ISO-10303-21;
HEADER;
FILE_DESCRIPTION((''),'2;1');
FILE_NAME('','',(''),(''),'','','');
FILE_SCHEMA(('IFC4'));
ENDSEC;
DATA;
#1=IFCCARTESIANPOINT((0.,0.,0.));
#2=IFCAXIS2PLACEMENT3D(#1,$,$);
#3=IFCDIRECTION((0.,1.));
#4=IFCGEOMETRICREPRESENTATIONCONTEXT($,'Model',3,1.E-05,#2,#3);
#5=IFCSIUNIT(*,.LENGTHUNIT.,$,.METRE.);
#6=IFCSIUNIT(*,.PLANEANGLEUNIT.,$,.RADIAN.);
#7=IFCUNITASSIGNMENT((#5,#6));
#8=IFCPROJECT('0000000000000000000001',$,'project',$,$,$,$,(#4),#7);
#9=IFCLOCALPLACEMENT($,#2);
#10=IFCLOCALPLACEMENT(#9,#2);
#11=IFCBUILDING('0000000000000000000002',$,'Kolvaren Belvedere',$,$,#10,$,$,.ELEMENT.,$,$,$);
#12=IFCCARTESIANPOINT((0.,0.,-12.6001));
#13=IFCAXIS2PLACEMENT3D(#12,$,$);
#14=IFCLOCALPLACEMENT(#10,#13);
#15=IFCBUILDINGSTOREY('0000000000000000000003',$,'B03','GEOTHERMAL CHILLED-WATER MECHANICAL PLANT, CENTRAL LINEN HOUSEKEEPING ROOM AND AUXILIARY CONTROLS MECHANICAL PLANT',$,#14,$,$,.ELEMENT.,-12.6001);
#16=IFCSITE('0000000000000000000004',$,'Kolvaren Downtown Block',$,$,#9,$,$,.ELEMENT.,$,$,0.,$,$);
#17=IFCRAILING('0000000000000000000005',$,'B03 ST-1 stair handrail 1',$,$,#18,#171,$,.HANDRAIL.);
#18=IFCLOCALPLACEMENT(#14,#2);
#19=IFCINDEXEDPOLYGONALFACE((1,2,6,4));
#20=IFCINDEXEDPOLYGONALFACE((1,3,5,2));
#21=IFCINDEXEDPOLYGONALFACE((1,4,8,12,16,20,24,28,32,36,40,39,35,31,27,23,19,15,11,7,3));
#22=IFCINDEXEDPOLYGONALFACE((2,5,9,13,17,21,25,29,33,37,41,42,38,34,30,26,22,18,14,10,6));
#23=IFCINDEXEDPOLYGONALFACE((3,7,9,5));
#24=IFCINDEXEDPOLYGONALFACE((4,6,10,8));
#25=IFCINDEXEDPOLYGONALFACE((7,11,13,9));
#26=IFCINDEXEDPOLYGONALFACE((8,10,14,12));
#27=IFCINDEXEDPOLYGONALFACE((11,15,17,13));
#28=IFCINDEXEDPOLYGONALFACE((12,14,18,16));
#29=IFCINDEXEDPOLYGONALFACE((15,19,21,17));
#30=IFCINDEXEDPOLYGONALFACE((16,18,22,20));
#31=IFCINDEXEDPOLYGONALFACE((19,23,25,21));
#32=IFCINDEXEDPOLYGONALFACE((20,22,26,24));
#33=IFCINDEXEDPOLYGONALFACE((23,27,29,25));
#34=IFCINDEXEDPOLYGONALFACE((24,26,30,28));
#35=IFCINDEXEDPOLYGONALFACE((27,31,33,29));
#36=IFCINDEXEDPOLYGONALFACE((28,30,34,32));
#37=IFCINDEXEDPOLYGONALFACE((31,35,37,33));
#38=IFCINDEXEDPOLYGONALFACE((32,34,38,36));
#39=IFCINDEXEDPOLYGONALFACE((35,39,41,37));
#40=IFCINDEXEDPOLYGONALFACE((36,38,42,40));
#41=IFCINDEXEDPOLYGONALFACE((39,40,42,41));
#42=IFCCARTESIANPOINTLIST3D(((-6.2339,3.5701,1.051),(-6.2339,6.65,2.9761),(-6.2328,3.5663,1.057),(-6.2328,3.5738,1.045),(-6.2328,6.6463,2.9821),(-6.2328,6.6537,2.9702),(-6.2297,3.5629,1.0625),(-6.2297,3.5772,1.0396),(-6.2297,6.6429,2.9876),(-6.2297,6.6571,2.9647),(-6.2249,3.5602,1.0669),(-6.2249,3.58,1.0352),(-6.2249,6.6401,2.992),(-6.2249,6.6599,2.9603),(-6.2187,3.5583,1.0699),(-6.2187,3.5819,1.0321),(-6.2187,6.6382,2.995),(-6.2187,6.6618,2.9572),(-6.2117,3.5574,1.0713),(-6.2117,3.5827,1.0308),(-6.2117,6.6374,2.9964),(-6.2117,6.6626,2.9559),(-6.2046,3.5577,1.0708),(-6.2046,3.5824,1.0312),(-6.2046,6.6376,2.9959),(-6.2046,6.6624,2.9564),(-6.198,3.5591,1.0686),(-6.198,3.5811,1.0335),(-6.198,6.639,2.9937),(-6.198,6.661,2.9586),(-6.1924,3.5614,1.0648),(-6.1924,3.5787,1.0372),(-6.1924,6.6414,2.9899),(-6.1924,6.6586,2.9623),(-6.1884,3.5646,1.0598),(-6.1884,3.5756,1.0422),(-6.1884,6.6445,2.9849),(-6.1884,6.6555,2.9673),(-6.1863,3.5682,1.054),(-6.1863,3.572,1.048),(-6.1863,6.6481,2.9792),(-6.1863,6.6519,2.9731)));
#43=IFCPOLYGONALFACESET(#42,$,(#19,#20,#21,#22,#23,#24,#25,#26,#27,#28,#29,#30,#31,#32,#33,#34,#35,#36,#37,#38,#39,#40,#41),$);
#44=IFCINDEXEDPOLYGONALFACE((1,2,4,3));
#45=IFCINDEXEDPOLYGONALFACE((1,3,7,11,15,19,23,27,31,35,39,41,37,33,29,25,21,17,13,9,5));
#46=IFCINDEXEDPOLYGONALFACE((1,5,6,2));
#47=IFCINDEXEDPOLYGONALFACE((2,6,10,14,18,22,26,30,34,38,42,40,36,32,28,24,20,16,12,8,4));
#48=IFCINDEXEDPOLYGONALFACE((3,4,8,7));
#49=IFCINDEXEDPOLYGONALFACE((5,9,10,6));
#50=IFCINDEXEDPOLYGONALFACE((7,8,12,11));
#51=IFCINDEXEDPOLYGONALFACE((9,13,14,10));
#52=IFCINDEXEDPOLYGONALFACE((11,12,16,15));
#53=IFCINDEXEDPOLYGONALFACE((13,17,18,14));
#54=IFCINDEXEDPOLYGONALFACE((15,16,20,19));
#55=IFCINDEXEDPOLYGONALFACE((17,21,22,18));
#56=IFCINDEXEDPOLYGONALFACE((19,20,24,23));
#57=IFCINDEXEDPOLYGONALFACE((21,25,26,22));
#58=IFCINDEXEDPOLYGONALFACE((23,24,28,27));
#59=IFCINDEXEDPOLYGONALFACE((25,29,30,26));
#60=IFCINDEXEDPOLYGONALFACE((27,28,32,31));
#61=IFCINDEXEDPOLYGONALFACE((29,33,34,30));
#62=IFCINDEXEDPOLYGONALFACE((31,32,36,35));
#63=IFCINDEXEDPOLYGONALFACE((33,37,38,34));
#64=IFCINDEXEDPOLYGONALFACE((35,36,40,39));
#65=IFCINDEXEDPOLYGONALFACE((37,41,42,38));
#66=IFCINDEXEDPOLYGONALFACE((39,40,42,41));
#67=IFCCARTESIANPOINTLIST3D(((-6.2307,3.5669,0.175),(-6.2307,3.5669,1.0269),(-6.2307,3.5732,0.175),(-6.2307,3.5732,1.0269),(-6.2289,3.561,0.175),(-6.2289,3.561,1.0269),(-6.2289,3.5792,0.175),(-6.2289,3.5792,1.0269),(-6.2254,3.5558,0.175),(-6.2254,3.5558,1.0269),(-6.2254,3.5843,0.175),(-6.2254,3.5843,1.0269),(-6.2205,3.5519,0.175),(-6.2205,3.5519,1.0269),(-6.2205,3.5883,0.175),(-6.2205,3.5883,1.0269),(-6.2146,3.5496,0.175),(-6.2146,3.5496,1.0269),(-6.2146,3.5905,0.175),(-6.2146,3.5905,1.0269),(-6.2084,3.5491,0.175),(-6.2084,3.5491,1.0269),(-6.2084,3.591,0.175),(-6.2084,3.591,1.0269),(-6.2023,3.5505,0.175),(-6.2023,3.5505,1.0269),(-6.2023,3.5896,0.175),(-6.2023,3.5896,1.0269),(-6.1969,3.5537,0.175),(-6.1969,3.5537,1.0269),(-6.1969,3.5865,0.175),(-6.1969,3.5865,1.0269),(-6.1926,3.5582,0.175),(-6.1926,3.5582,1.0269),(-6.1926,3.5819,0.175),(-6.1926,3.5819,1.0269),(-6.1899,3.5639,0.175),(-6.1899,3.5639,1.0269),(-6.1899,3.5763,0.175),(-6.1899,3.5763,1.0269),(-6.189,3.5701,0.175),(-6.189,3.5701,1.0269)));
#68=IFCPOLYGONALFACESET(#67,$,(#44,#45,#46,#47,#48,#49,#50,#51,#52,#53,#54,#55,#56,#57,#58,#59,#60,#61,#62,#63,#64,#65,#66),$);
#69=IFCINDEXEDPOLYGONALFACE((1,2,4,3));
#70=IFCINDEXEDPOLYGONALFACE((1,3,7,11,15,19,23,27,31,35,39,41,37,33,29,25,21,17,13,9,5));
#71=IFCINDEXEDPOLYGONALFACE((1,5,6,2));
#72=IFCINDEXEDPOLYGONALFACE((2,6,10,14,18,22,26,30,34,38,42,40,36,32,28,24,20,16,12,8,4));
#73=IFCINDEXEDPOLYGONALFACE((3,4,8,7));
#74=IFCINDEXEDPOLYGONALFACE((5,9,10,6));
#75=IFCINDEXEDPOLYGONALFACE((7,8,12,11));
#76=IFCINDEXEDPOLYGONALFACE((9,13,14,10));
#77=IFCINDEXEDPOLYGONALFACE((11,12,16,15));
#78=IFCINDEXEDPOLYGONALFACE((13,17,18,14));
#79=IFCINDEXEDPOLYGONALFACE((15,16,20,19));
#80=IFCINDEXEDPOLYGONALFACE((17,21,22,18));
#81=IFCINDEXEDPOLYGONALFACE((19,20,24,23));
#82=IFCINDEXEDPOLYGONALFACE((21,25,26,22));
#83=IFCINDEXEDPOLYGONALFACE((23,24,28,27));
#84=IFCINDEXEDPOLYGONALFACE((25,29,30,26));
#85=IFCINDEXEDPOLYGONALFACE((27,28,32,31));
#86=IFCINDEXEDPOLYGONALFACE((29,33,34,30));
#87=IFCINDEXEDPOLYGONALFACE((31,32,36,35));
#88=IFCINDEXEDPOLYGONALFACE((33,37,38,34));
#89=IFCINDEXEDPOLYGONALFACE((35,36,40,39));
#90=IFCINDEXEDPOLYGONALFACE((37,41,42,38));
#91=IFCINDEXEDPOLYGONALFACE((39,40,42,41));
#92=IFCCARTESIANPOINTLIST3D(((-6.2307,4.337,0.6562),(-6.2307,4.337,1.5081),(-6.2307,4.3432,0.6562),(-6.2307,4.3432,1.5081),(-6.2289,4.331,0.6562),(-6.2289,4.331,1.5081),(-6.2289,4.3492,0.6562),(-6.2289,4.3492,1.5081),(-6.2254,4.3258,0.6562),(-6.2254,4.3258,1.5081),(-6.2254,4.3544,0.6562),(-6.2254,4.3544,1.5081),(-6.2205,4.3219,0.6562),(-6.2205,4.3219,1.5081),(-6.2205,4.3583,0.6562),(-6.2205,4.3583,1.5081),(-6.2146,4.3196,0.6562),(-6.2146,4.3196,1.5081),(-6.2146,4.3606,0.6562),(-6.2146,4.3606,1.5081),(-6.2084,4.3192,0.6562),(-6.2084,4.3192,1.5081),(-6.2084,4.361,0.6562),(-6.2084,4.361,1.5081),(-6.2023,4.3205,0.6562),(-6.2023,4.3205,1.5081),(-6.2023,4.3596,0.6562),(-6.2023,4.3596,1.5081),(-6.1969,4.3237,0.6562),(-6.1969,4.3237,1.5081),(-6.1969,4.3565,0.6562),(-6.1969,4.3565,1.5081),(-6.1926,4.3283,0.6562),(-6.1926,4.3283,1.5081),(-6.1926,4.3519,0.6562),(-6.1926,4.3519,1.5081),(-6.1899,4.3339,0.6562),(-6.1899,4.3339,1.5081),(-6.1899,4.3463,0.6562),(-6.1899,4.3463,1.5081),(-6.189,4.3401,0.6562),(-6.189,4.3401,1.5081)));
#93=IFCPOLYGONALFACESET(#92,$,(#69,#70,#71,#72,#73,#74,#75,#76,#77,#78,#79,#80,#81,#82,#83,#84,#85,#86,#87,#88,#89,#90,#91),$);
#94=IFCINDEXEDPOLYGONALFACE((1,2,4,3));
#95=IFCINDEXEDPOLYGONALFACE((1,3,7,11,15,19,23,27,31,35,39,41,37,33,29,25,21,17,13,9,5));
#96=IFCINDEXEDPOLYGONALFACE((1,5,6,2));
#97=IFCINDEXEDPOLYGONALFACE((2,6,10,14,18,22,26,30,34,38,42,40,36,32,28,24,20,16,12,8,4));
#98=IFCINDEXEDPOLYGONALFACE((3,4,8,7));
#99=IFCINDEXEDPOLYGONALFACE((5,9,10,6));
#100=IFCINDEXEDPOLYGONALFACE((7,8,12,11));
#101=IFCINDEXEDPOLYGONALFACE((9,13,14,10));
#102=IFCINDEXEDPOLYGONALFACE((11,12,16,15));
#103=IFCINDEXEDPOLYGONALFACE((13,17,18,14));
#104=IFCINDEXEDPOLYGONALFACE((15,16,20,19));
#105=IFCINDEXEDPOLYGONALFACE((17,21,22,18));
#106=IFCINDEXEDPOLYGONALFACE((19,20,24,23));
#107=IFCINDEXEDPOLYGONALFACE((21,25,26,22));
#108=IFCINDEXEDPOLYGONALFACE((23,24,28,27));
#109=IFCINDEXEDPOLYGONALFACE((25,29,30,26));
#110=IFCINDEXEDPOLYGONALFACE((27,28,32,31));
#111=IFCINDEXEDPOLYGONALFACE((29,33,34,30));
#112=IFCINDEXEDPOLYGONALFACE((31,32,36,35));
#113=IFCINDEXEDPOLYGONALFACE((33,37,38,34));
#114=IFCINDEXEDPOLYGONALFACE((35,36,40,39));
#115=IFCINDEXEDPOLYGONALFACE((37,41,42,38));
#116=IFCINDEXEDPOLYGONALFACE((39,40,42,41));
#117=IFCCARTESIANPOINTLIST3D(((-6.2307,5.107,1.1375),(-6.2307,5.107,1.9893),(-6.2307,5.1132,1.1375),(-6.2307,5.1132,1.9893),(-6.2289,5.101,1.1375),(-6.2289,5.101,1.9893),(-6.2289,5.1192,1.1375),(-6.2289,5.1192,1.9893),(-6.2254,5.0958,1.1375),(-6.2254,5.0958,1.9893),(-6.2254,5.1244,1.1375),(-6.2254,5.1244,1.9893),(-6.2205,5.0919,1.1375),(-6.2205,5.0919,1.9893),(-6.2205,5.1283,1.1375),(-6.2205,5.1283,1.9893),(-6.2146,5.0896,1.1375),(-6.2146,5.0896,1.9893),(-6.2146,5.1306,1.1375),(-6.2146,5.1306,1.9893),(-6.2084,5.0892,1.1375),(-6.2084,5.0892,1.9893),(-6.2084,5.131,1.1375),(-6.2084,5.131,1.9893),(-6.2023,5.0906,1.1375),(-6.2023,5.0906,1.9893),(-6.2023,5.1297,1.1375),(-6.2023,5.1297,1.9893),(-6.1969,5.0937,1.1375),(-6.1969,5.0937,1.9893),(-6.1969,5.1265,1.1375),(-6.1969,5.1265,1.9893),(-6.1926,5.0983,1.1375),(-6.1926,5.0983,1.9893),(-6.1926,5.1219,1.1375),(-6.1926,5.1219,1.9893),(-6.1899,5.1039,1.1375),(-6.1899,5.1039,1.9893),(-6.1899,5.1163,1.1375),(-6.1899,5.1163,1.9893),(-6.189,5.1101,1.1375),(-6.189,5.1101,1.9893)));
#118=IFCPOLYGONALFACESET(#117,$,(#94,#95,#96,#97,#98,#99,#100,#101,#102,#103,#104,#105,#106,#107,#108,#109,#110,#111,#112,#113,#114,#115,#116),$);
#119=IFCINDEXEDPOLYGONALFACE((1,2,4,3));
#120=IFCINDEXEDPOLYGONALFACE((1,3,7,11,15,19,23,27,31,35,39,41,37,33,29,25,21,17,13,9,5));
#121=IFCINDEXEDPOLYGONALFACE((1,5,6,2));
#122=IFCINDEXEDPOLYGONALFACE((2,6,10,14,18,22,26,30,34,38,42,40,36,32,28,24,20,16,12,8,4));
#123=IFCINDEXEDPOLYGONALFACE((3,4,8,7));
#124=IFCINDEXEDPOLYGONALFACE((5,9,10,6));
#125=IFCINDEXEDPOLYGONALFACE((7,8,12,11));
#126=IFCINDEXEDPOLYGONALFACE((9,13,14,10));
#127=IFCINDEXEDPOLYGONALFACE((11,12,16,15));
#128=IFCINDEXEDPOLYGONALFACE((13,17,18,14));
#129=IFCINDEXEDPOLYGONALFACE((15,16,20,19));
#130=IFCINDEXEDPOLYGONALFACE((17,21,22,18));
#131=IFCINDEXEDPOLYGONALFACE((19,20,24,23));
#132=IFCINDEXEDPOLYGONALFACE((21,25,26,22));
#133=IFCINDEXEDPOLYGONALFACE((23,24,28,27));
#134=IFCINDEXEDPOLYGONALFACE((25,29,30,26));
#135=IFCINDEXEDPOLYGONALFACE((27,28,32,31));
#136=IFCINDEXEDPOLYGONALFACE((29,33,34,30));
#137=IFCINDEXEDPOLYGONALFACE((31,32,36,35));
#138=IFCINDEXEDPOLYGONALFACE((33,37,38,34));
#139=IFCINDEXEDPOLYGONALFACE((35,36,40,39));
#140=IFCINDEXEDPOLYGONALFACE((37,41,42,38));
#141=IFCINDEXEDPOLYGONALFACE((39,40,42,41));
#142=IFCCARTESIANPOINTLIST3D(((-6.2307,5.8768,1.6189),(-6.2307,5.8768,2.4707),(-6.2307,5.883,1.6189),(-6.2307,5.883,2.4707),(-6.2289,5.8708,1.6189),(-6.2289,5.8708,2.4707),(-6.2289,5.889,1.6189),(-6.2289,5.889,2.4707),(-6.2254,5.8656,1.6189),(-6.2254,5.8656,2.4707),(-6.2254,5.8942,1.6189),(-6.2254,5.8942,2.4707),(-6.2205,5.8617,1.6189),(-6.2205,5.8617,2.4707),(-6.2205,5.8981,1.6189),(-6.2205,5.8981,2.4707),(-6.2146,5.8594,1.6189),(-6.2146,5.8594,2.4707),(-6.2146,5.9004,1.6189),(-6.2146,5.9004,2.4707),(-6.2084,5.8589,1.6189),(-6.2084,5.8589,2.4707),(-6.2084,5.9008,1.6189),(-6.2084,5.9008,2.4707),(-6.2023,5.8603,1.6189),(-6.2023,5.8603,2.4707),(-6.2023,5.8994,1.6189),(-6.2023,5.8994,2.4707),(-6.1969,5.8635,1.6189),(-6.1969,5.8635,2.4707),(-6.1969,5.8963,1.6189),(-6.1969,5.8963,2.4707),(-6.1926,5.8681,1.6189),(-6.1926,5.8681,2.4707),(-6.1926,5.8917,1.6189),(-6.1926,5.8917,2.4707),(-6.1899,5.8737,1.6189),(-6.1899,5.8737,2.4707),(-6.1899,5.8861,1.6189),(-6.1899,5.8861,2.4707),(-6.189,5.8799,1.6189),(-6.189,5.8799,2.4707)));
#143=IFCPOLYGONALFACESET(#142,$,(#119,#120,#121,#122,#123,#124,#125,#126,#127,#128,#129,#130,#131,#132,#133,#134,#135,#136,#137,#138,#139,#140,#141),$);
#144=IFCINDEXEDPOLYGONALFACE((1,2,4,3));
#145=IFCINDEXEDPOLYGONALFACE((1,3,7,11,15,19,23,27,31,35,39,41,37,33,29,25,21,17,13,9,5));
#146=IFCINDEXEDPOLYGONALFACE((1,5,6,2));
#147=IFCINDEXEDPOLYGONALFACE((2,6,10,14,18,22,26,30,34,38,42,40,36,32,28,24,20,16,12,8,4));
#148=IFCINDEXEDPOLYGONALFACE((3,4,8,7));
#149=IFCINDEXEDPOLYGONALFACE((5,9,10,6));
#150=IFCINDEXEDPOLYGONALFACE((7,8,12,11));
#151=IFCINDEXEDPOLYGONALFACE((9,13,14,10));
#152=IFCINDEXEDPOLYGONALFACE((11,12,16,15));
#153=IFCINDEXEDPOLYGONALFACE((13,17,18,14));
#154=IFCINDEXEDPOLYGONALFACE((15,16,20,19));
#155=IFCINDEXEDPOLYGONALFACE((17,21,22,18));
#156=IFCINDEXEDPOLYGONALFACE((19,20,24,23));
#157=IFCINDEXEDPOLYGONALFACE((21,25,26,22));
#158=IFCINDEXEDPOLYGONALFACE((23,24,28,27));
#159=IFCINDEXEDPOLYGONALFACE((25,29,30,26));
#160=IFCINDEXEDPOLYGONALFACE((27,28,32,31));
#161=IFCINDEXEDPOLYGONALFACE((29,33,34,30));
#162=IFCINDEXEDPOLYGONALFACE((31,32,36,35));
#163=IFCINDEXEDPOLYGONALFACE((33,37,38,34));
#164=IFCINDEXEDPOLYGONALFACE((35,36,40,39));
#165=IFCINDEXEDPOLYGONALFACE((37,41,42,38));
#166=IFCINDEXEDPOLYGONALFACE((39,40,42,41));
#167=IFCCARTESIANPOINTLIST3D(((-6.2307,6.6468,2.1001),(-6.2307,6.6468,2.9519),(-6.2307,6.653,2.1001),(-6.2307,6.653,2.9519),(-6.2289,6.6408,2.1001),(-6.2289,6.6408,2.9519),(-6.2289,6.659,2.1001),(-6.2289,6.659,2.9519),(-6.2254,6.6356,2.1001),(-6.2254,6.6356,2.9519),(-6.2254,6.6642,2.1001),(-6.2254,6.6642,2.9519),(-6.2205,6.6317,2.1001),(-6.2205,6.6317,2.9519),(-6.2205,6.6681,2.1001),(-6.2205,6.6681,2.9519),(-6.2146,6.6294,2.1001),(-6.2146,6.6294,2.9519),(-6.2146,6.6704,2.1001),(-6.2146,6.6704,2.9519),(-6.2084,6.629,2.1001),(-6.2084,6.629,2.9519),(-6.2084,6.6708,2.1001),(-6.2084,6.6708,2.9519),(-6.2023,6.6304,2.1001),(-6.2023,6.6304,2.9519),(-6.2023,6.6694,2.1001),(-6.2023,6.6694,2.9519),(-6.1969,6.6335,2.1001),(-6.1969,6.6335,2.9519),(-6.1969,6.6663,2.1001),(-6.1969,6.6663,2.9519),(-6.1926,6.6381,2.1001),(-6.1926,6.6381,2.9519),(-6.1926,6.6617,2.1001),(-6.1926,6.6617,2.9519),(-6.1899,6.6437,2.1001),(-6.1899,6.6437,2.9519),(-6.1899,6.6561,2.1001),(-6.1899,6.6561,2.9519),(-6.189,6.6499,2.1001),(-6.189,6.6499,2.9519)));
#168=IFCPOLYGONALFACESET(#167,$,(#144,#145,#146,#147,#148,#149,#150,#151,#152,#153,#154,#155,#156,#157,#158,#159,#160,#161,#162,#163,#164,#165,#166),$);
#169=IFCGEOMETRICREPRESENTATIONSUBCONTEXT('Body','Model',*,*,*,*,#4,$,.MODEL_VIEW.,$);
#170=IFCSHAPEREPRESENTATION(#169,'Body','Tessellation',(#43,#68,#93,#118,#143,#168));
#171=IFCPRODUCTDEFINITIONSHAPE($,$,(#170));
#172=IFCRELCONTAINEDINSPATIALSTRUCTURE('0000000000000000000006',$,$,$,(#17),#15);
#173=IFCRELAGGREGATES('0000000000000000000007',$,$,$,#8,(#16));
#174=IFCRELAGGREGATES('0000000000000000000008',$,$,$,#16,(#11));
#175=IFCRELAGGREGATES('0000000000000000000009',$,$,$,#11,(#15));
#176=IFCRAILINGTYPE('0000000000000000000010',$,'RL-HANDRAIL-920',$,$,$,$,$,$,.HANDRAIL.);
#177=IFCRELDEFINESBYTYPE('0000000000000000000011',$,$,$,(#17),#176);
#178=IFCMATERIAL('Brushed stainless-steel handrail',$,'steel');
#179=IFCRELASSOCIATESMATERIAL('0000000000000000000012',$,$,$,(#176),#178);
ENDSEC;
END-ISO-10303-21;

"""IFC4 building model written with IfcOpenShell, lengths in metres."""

from ifc_helpers import new_model, si_unit, direction, frame, origin, origin_2d, place, context, subcontext, project, spatial, circle, extrude, material, type_object, element, save


model = new_model("IFC4")

# Units and contexts
model_context = context("Model", 3, precision=1e-05, world=origin(), true_north=direction((0.0, 1.0)))
body_context = subcontext(model_context, "Body", "Model", "MODEL_VIEW")
ifc_project = project(units=[si_unit("LENGTHUNIT", "METRE"), si_unit("PLANEANGLEUNIT", "RADIAN")], contexts=[model_context])

# Site, building, storey
site_placement = place(None, origin())
site = spatial("IfcSite", under=ifc_project, at=site_placement, Name="Kolvaren Downtown Block", CompositionType="ELEMENT", RefElevation=0.0)
building_placement = place(site_placement, origin())
building = spatial("IfcBuilding", under=site, at=building_placement, Name="Kolvaren Belvedere", CompositionType="ELEMENT")
storey_placement = place(building_placement, frame((0.0, 0.0, -12.6001)))
storey = spatial("IfcBuildingStorey", under=building, at=storey_placement, Name="B03", Description="GEOTHERMAL CHILLED-WATER MECHANICAL PLANT, CENTRAL LINEN HOUSEKEEPING ROOM AND AUXILIARY CONTROLS MECHANICAL PLANT", CompositionType="ELEMENT", Elevation=-12.6001)

# Railing
ifc_material_1 = material(Name="Brushed stainless-steel handrail", Category="steel")
railing_type_1 = type_object("IfcRailingType", Name="RL-HANDRAIL-920", PredefinedType="HANDRAIL", material=ifc_material_1)
railing_1_placement = place(storey_placement, frame((-6.21, 3.5701, 0.175)))
element("IfcRailing", 1, at=railing_1_placement, inside=storey, type_object=railing_type_1, Name="B03 ST-1 stair handrail 1", PredefinedType="HANDRAIL", context=body_context, shape_type="SweptSolid", body=[
    extrude(circle(Radius=0.0239, at=origin_2d()), frame((0.0, 0.0, 0.876), z_axis=(0.0, 0.847979, 0.530029), x_axis=(-1.0, 0.0, 0.0)), (0.0, 0.0, 1.0), 3.6321),
    extrude(circle(Radius=0.021, at=origin_2d()), origin(), (0.0, 0.0, 1.0), 0.8518),
    extrude(circle(Radius=0.021, at=origin_2d()), frame((0.0, 0.77, 0.4812)), (0.0, 0.0, 1.0), 0.8518),
    extrude(circle(Radius=0.021, at=origin_2d()), frame((0.0, 1.54, 0.9624)), (0.0, 0.0, 1.0), 0.8518),
    extrude(circle(Radius=0.021, at=origin_2d()), frame((0.0, 2.3098, 1.4438)), (0.0, 0.0, 1.0), 0.8518),
    extrude(circle(Radius=0.021, at=origin_2d()), frame((0.0, 3.0798, 1.925)), (0.0, 0.0, 1.0), 0.8518),
])

save(model, "model.ifc")
